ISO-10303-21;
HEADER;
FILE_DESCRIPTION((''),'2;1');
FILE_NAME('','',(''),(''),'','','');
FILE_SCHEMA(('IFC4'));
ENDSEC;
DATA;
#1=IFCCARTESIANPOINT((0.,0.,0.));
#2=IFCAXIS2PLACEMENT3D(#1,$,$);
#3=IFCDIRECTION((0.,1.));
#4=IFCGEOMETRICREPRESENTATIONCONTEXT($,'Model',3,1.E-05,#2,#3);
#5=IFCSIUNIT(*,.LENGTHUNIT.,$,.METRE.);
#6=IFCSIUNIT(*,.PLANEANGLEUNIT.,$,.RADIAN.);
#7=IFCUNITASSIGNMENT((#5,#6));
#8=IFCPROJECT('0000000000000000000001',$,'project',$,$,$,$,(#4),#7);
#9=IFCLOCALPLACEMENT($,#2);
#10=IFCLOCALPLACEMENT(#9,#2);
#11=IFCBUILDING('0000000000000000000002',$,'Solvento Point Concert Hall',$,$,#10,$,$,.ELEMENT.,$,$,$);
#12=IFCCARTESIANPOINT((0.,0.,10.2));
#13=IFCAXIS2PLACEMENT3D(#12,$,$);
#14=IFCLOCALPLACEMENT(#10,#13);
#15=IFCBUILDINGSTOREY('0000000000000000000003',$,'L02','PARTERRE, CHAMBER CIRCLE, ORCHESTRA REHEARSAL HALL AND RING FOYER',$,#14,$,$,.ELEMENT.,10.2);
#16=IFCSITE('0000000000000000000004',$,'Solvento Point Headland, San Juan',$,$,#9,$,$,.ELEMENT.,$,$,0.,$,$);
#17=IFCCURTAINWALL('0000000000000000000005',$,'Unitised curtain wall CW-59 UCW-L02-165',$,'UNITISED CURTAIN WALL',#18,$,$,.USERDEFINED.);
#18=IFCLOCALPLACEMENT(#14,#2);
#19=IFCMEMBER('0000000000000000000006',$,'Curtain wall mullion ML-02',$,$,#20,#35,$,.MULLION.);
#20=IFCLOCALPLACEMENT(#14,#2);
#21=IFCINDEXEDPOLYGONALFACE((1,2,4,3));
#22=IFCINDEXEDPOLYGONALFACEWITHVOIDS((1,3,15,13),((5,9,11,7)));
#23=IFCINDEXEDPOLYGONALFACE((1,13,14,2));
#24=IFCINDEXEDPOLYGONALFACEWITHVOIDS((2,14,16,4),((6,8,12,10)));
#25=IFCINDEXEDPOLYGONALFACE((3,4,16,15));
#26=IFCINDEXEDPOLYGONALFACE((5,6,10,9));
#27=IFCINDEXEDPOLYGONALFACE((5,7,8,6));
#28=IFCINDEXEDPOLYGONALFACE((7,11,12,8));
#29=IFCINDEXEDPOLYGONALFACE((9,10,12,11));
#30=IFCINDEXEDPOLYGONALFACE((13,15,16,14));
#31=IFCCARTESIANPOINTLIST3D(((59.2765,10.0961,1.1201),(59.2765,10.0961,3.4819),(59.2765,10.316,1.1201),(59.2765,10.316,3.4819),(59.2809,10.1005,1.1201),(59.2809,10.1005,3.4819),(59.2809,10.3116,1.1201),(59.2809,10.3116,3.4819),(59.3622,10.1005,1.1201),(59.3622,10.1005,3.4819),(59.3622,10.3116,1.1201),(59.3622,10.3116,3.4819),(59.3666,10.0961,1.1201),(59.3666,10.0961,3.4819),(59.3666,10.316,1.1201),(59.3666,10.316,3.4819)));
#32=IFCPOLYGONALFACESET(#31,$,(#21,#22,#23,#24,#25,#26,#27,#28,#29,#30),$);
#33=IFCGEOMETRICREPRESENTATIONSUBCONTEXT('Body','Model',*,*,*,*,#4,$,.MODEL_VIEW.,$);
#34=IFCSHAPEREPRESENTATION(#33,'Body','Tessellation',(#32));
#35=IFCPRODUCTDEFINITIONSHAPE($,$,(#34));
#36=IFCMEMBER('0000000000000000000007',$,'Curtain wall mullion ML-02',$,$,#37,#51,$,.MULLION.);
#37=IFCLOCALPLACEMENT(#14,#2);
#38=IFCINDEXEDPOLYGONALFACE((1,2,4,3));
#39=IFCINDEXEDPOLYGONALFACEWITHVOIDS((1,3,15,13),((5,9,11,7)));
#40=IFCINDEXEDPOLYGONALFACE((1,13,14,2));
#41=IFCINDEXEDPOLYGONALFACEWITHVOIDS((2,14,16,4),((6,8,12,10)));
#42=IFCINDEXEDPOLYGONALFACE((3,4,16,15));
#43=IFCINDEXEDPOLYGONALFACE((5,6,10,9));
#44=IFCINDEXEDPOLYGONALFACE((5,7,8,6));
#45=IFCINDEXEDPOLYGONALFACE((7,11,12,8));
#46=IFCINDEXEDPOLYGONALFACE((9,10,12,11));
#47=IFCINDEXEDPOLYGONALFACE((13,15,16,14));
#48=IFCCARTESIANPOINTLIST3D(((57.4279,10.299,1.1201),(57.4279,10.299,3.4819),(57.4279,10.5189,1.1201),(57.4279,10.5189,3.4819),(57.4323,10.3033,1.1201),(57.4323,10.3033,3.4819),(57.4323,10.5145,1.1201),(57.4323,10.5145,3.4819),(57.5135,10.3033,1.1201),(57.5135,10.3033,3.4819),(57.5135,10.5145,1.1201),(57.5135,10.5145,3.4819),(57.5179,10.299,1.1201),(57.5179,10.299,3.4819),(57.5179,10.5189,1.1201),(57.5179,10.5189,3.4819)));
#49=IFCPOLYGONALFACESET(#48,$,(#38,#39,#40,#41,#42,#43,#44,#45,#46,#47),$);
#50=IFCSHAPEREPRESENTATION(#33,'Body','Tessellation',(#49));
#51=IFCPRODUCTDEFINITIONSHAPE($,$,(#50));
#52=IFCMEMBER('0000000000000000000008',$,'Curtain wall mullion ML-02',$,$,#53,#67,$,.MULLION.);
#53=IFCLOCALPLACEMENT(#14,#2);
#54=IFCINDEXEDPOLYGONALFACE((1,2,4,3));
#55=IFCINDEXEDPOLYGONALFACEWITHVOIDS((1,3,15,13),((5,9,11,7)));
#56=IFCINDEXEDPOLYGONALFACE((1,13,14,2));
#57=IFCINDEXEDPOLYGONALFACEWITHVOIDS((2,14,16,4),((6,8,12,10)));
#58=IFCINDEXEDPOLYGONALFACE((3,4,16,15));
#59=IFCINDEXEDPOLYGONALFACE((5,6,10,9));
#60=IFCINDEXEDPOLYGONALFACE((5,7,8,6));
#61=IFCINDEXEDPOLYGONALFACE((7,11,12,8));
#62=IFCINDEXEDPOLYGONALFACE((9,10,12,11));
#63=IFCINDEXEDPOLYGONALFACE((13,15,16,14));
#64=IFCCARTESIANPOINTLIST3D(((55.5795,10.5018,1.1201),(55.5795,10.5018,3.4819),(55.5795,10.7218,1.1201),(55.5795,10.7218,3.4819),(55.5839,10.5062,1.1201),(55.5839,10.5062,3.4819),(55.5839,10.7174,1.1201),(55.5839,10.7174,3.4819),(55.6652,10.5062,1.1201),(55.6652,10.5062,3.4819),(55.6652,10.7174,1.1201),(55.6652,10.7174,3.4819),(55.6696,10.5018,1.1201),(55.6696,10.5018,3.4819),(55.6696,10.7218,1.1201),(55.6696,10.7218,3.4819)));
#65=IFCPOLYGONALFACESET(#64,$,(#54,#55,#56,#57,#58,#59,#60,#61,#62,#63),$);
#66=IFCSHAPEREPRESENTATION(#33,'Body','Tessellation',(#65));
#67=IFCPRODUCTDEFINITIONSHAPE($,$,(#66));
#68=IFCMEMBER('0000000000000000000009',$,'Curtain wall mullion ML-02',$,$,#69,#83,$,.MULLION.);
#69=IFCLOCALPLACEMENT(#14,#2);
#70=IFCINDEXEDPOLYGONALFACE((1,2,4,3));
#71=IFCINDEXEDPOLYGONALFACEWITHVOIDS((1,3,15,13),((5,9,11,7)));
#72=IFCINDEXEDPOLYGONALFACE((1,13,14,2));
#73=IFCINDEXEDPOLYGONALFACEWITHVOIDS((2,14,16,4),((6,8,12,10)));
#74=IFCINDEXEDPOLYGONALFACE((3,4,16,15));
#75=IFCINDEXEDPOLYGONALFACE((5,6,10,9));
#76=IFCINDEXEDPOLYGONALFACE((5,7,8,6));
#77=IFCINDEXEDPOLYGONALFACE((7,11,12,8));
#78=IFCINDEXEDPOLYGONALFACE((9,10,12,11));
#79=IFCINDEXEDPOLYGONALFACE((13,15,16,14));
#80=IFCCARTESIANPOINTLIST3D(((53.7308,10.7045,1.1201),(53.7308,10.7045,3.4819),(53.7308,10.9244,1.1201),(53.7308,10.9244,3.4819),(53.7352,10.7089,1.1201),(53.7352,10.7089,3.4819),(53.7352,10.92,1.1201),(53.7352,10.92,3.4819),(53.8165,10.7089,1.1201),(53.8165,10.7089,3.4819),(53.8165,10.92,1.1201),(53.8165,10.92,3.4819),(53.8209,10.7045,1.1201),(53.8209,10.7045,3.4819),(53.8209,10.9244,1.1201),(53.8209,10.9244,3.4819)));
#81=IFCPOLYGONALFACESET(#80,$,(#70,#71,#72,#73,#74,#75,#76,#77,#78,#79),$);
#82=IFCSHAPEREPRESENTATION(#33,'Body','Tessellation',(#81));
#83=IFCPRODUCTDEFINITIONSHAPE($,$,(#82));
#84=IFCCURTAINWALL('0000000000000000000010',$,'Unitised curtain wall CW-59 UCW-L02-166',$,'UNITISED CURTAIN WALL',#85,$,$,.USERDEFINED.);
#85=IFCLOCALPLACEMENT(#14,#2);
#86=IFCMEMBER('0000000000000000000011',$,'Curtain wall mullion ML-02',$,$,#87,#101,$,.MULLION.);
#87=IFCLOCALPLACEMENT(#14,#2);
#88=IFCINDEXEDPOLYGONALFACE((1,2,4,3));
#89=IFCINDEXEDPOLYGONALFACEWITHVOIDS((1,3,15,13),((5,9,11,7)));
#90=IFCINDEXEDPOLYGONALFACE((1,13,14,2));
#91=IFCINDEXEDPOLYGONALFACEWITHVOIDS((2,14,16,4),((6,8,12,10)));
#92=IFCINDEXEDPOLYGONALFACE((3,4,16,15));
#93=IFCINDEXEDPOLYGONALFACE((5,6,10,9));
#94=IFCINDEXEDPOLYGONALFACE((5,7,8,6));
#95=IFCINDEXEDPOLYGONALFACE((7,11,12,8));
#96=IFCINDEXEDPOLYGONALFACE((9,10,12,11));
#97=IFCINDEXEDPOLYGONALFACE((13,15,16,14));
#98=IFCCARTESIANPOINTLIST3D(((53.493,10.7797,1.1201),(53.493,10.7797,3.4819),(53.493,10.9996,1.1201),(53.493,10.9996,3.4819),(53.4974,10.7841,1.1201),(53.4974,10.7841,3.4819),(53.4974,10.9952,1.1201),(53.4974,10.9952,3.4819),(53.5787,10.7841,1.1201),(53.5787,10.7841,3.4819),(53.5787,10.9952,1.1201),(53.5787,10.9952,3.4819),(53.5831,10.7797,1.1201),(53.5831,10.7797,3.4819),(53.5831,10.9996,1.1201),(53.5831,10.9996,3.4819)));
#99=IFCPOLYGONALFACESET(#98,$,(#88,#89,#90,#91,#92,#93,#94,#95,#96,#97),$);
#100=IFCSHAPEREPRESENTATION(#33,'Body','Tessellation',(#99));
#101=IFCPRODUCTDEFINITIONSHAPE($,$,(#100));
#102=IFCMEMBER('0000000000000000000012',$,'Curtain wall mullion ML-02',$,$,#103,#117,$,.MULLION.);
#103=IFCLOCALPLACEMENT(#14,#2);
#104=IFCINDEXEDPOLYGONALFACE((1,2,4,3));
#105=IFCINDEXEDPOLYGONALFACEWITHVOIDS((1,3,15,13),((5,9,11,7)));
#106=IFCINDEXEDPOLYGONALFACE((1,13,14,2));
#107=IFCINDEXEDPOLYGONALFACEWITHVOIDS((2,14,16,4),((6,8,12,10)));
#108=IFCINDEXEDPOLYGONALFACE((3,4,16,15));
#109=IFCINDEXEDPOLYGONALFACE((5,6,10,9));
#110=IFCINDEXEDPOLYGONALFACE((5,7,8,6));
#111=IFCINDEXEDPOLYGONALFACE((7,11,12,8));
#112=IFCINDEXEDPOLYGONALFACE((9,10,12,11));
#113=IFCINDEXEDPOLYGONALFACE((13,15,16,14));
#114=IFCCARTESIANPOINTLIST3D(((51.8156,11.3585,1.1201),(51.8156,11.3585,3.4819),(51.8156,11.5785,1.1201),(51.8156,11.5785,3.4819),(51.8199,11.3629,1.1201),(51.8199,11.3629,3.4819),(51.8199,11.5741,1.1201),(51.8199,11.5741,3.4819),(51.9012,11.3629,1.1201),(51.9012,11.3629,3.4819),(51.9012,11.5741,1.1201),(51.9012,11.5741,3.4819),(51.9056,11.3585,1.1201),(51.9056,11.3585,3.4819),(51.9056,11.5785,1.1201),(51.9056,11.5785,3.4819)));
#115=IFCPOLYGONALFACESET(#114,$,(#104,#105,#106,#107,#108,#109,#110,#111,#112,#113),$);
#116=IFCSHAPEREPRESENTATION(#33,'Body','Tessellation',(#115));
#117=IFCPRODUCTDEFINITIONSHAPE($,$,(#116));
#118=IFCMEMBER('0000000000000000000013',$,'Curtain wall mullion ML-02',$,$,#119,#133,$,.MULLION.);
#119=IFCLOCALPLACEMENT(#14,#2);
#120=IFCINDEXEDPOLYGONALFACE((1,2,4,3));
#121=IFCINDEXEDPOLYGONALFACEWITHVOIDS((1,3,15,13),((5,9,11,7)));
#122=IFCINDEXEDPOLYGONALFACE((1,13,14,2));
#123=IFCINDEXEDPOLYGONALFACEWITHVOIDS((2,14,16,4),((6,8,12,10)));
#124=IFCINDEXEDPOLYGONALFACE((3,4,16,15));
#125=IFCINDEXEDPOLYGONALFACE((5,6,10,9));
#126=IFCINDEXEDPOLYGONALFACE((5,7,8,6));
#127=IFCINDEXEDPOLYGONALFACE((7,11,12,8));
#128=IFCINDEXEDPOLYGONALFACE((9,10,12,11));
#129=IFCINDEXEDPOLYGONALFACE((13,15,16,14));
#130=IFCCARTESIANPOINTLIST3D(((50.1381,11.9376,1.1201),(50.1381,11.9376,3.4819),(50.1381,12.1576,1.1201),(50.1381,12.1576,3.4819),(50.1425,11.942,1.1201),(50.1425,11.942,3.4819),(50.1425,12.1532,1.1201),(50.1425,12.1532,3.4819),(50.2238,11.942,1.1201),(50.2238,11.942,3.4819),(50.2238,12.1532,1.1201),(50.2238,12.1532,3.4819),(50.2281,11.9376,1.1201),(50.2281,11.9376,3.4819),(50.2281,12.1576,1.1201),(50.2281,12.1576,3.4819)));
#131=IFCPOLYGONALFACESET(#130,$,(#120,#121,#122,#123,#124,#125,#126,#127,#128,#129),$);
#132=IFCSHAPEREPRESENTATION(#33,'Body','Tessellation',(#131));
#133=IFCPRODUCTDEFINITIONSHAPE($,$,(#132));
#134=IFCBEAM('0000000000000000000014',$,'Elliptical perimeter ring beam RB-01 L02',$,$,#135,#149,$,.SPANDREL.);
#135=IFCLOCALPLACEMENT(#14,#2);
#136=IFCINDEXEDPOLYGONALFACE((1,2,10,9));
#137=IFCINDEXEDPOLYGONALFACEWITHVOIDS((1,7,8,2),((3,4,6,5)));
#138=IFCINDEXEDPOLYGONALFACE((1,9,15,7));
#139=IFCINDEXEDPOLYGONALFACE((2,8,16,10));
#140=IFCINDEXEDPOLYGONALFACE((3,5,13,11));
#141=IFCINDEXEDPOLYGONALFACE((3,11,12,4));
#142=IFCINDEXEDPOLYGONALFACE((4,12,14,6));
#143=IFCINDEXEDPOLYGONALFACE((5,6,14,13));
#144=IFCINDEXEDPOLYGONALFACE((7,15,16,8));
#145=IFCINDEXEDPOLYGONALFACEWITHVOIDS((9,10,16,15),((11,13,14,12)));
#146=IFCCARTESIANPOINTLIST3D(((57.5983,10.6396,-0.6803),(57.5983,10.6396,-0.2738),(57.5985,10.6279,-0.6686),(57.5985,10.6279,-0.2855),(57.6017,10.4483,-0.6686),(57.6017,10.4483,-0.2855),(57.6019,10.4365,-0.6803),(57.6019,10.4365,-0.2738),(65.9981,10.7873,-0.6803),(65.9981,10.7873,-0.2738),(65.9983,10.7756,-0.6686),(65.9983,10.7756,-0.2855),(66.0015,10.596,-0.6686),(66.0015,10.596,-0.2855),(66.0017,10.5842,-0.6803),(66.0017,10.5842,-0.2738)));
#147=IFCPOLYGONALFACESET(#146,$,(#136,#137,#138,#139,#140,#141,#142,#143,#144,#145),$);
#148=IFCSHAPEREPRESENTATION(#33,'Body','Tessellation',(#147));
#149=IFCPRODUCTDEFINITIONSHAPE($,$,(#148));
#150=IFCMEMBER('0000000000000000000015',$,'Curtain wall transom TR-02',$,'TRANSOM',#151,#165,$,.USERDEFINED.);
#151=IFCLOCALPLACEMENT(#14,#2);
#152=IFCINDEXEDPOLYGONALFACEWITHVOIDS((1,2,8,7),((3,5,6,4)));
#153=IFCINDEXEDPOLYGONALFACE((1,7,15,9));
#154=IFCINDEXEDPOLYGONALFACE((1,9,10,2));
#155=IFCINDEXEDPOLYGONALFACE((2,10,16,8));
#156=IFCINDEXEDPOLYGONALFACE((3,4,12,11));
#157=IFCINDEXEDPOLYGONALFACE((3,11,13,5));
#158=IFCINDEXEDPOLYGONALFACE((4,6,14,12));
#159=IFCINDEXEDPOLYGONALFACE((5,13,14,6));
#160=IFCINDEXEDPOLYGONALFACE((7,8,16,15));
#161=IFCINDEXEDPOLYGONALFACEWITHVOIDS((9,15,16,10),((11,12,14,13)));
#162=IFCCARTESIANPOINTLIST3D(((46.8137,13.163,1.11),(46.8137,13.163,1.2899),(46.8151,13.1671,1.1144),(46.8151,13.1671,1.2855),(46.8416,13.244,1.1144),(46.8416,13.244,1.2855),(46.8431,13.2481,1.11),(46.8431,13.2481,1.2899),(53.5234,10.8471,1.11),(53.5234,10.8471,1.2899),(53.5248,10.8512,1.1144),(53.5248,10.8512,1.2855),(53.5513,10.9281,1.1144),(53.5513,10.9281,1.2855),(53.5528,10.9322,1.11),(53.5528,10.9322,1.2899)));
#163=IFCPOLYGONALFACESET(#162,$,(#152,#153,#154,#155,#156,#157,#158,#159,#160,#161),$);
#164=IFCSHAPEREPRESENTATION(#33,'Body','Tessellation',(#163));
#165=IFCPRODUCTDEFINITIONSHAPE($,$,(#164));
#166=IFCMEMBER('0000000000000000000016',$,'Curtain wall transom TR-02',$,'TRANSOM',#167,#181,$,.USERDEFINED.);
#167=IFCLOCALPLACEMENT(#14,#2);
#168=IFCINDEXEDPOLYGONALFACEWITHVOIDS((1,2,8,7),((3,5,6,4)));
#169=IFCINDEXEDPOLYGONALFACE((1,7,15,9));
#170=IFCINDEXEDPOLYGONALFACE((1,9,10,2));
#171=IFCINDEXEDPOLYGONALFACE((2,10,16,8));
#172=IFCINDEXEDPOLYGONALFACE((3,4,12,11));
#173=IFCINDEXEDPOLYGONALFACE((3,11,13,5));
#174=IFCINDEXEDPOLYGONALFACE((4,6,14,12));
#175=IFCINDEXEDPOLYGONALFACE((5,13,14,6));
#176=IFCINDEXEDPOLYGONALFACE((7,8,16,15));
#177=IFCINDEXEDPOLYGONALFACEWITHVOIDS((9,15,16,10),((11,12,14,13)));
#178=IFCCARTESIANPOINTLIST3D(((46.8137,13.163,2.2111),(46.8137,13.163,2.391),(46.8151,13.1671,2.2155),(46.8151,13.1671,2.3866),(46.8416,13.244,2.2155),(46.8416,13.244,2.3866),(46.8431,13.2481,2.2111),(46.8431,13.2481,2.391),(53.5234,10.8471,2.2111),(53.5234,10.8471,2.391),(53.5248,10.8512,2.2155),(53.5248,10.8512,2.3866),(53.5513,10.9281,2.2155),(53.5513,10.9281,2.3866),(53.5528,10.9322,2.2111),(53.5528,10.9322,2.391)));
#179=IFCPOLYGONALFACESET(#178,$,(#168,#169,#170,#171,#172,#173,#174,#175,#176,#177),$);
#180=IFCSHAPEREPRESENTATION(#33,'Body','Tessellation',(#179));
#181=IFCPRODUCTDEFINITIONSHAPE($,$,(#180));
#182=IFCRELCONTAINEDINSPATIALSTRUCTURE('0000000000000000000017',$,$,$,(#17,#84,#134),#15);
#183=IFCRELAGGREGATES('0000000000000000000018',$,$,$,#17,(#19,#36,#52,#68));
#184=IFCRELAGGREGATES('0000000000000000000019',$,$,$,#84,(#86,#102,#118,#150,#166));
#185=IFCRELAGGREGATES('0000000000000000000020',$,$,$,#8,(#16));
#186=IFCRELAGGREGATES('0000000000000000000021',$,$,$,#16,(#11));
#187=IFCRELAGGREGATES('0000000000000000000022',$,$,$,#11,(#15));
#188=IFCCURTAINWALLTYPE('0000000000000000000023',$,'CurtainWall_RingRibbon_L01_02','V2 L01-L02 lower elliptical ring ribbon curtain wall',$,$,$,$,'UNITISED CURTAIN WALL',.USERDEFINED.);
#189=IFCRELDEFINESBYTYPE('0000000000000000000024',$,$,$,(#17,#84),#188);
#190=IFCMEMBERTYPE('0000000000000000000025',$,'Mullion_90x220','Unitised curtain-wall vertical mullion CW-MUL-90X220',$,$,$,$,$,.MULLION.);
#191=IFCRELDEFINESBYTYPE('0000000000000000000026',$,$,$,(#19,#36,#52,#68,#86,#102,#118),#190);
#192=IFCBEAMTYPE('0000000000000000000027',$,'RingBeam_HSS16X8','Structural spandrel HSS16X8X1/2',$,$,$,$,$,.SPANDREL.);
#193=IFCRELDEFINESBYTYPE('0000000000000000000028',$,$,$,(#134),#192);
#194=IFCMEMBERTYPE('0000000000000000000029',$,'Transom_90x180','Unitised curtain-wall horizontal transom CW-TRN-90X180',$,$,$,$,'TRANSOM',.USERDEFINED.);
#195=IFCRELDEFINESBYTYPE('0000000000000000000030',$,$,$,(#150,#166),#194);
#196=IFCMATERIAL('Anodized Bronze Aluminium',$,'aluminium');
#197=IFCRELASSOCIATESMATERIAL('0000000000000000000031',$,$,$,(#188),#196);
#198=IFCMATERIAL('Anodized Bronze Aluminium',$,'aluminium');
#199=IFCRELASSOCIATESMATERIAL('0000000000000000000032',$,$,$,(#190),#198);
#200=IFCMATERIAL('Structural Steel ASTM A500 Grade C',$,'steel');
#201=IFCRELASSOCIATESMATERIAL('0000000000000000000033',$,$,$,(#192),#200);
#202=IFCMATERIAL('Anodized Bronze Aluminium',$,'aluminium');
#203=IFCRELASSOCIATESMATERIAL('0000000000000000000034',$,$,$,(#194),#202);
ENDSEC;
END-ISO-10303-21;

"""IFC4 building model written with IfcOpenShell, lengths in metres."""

from ifc_helpers import new_model, si_unit, direction, frame, origin, origin_2d, place, context, subcontext, project, spatial, hollow_rectangle, extrude, material, material_profile, profile_set, type_object, element, aggregate, save


model = new_model("IFC4")

# Units and contexts
model_context = context("Model", 3, precision=1e-05, world=origin(), true_north=direction((0.0, 1.0)))
body_context = subcontext(model_context, "Body", "Model", "MODEL_VIEW")
ifc_project = project(units=[si_unit("LENGTHUNIT", "METRE"), si_unit("PLANEANGLEUNIT", "RADIAN")], contexts=[model_context])

# Site, building, storey
site_placement = place(None, origin())
site = spatial("IfcSite", under=ifc_project, at=site_placement, Name="Solvento Point Headland, San Juan", CompositionType="ELEMENT", RefElevation=0.0)
building_placement = place(site_placement, origin())
building = spatial("IfcBuilding", under=site, at=building_placement, Name="Solvento Point Concert Hall", CompositionType="ELEMENT")
storey_placement = place(building_placement, frame((0.0, 0.0, 10.2)))
storey = spatial("IfcBuildingStorey", under=building, at=storey_placement, Name="L02", Description="PARTERRE, CHAMBER CIRCLE, ORCHESTRA REHEARSAL HALL AND RING FOYER", CompositionType="ELEMENT", Elevation=10.2)

# Curtain walls, members
ifc_material_1 = material(Name="Anodized Bronze Aluminium", Category="aluminium")
curtain_wall_type = type_object("IfcCurtainWallType", Name="CurtainWall_RingRibbon_L01_02", Description="V2 L01-L02 lower elliptical ring ribbon curtain wall", ElementType="UNITISED CURTAIN WALL", PredefinedType="USERDEFINED", material=ifc_material_1)
curtain_wall_1_placement = place(storey_placement, origin())
curtain_wall_1 = element("IfcCurtainWall", 1, at=curtain_wall_1_placement, inside=storey, type_object=curtain_wall_type, Name="Unitised curtain wall CW-59 UCW-L02-165", ObjectType="UNITISED CURTAIN WALL", PredefinedType="USERDEFINED")
ifc_material_2 = material(Name="Anodized Bronze Aluminium", Category="aluminium")
ifc_material_profile_1 = material_profile(ifc_material_2, hollow_rectangle(XDim=0.0901, YDim=0.22, WallThickness=0.0044, at=origin_2d()), Name="CW-MUL-90X220")
ifc_profile_set_1 = profile_set([ifc_material_profile_1], Name="Anodized Bronze Aluminium")
member_type_1 = type_object("IfcMemberType", Name="Mullion_90x220", Description="Unitised curtain-wall vertical mullion CW-MUL-90X220", PredefinedType="MULLION", material=ifc_profile_set_1)
member_1_placement = place(storey_placement, frame((59.3215, 10.2061, 1.1201), z_axis=(0.0, 0.0, 1.0), x_axis=(1.0, 0.0, 0.0)))
member_1 = element("IfcMember", 2, at=member_1_placement, type_object=member_type_1, Name="Curtain wall mullion ML-02", PredefinedType="MULLION", context=body_context, shape_type="SweptSolid", body=[
    extrude(hollow_rectangle(XDim=0.0901, YDim=0.22, WallThickness=0.0044, at=origin_2d()), origin(), (0.0, 0.0, 1.0), 2.3618),
])
member_2_placement = place(storey_placement, frame((57.4729, 10.4089, 1.1201), z_axis=(0.0, 0.0, 1.0), x_axis=(1.0, 0.0, 0.0)))
member_2 = element("IfcMember", 3, at=member_2_placement, type_object=member_type_1, Name="Curtain wall mullion ML-02", PredefinedType="MULLION", context=body_context, shape_type="SweptSolid", body=[
    extrude(hollow_rectangle(XDim=0.0901, YDim=0.22, WallThickness=0.0044, at=origin_2d()), origin(), (0.0, 0.0, 1.0), 2.3618),
])
member_3_placement = place(storey_placement, frame((55.6245, 10.6118, 1.1201), z_axis=(0.0, 0.0, 1.0), x_axis=(1.0, 0.0, 0.0)))
member_3 = element("IfcMember", 4, at=member_3_placement, type_object=member_type_1, Name="Curtain wall mullion ML-02", PredefinedType="MULLION", context=body_context, shape_type="SweptSolid", body=[
    extrude(hollow_rectangle(XDim=0.0901, YDim=0.22, WallThickness=0.0044, at=origin_2d()), origin(), (0.0, 0.0, 1.0), 2.3618),
])
member_4_placement = place(storey_placement, frame((53.7759, 10.8145, 1.1201), z_axis=(0.0, 0.0, 1.0), x_axis=(1.0, 0.0, 0.0)))
member_4 = element("IfcMember", 5, at=member_4_placement, type_object=member_type_1, Name="Curtain wall mullion ML-02", PredefinedType="MULLION", context=body_context, shape_type="SweptSolid", body=[
    extrude(hollow_rectangle(XDim=0.0901, YDim=0.22, WallThickness=0.0044, at=origin_2d()), origin(), (0.0, 0.0, 1.0), 2.3618),
])
curtain_wall_2_placement = place(storey_placement, origin())
curtain_wall_2 = element("IfcCurtainWall", 6, at=curtain_wall_2_placement, inside=storey, type_object=curtain_wall_type, Name="Unitised curtain wall CW-59 UCW-L02-166", ObjectType="UNITISED CURTAIN WALL", PredefinedType="USERDEFINED")
member_5_placement = place(storey_placement, frame((53.5381, 10.8896, 1.1201), z_axis=(0.0, 0.0, 1.0), x_axis=(1.0, 0.0, 0.0)))
member_5 = element("IfcMember", 7, at=member_5_placement, type_object=member_type_1, Name="Curtain wall mullion ML-02", PredefinedType="MULLION", context=body_context, shape_type="SweptSolid", body=[
    extrude(hollow_rectangle(XDim=0.0901, YDim=0.22, WallThickness=0.0044, at=origin_2d()), origin(), (0.0, 0.0, 1.0), 2.3618),
])
member_6_placement = place(storey_placement, frame((51.8606, 11.4685, 1.1201), z_axis=(0.0, 0.0, 1.0), x_axis=(1.0, 0.0, 0.0)))
member_6 = element("IfcMember", 8, at=member_6_placement, type_object=member_type_1, Name="Curtain wall mullion ML-02", PredefinedType="MULLION", context=body_context, shape_type="SweptSolid", body=[
    extrude(hollow_rectangle(XDim=0.0901, YDim=0.22, WallThickness=0.0044, at=origin_2d()), origin(), (0.0, 0.0, 1.0), 2.3618),
])
member_7_placement = place(storey_placement, frame((50.1831, 12.0476, 1.1201), z_axis=(0.0, 0.0, 1.0), x_axis=(1.0, 0.0, 0.0)))
member_7 = element("IfcMember", 9, at=member_7_placement, type_object=member_type_1, Name="Curtain wall mullion ML-02", PredefinedType="MULLION", context=body_context, shape_type="SweptSolid", body=[
    extrude(hollow_rectangle(XDim=0.0901, YDim=0.22, WallThickness=0.0044, at=origin_2d()), origin(), (0.0, 0.0, 1.0), 2.3618),
])

# Beam
ifc_material_3 = material(Name="Structural Steel ASTM A500 Grade C", Category="steel")
ifc_material_profile_2 = material_profile(ifc_material_3, hollow_rectangle(XDim=0.2031, YDim=0.4065, WallThickness=0.0117, at=origin_2d()), Name="HSS16X8X1/2")
ifc_profile_set_2 = profile_set([ifc_material_profile_2], Name="Structural Steel ASTM A500 Grade C")
beam_type = type_object("IfcBeamType", Name="RingBeam_HSS16X8", Description="Structural spandrel HSS16X8X1/2", PredefinedType="SPANDREL", material=ifc_profile_set_2)
beam_placement = place(storey_placement, frame((57.6001, 10.5381, -0.4771), z_axis=(0.999845, 0.017581, 0.0), x_axis=(-0.017581, 0.999845, 0.0)))
element("IfcBeam", 10, at=beam_placement, inside=storey, type_object=beam_type, Name="Elliptical perimeter ring beam RB-01 L02", PredefinedType="SPANDREL", context=body_context, shape_type="SweptSolid", body=[
    extrude(hollow_rectangle(XDim=0.2031, YDim=0.4065, WallThickness=0.0117, at=origin_2d()), origin(), (0.0, 0.0, 1.0), 8.4011),
])

# Members
ifc_material_4 = material(Name="Anodized Bronze Aluminium", Category="aluminium")
ifc_material_profile_3 = material_profile(ifc_material_4, hollow_rectangle(XDim=0.0901, YDim=0.1799, WallThickness=0.0044, at=origin_2d()), Name="CW-TRN-90X180")
ifc_profile_set_3 = profile_set([ifc_material_profile_3], Name="Anodized Bronze Aluminium")
member_type_2 = type_object("IfcMemberType", Name="Transom_90x180", Description="Unitised curtain-wall horizontal transom CW-TRN-90X180", ElementType="TRANSOM", PredefinedType="USERDEFINED", material=ifc_profile_set_3)
member_8_placement = place(storey_placement, frame((53.5381, 10.8896, 1.2), z_axis=(-0.945276, 0.326271, 0.0), x_axis=(-0.326271, -0.945276, 0.0)))
member_8 = element("IfcMember", 11, at=member_8_placement, type_object=member_type_2, Name="Curtain wall transom TR-02", ObjectType="TRANSOM", PredefinedType="USERDEFINED", context=body_context, shape_type="SweptSolid", body=[
    extrude(hollow_rectangle(XDim=0.0901, YDim=0.1799, WallThickness=0.0044, at=origin_2d()), origin(), (0.0, 0.0, 1.0), 7.0981),
])
member_9_placement = place(storey_placement, frame((53.5381, 10.8896, 2.301), z_axis=(-0.945276, 0.326271, 0.0), x_axis=(-0.326271, -0.945276, 0.0)))
member_9 = element("IfcMember", 12, at=member_9_placement, type_object=member_type_2, Name="Curtain wall transom TR-02", ObjectType="TRANSOM", PredefinedType="USERDEFINED", context=body_context, shape_type="SweptSolid", body=[
    extrude(hollow_rectangle(XDim=0.0901, YDim=0.1799, WallThickness=0.0044, at=origin_2d()), origin(), (0.0, 0.0, 1.0), 7.0981),
])

aggregate(curtain_wall_1, [member_1, member_2, member_3, member_4])
aggregate(curtain_wall_2, [member_5, member_6, member_7, member_8, member_9])

save(model, "model.ifc")
